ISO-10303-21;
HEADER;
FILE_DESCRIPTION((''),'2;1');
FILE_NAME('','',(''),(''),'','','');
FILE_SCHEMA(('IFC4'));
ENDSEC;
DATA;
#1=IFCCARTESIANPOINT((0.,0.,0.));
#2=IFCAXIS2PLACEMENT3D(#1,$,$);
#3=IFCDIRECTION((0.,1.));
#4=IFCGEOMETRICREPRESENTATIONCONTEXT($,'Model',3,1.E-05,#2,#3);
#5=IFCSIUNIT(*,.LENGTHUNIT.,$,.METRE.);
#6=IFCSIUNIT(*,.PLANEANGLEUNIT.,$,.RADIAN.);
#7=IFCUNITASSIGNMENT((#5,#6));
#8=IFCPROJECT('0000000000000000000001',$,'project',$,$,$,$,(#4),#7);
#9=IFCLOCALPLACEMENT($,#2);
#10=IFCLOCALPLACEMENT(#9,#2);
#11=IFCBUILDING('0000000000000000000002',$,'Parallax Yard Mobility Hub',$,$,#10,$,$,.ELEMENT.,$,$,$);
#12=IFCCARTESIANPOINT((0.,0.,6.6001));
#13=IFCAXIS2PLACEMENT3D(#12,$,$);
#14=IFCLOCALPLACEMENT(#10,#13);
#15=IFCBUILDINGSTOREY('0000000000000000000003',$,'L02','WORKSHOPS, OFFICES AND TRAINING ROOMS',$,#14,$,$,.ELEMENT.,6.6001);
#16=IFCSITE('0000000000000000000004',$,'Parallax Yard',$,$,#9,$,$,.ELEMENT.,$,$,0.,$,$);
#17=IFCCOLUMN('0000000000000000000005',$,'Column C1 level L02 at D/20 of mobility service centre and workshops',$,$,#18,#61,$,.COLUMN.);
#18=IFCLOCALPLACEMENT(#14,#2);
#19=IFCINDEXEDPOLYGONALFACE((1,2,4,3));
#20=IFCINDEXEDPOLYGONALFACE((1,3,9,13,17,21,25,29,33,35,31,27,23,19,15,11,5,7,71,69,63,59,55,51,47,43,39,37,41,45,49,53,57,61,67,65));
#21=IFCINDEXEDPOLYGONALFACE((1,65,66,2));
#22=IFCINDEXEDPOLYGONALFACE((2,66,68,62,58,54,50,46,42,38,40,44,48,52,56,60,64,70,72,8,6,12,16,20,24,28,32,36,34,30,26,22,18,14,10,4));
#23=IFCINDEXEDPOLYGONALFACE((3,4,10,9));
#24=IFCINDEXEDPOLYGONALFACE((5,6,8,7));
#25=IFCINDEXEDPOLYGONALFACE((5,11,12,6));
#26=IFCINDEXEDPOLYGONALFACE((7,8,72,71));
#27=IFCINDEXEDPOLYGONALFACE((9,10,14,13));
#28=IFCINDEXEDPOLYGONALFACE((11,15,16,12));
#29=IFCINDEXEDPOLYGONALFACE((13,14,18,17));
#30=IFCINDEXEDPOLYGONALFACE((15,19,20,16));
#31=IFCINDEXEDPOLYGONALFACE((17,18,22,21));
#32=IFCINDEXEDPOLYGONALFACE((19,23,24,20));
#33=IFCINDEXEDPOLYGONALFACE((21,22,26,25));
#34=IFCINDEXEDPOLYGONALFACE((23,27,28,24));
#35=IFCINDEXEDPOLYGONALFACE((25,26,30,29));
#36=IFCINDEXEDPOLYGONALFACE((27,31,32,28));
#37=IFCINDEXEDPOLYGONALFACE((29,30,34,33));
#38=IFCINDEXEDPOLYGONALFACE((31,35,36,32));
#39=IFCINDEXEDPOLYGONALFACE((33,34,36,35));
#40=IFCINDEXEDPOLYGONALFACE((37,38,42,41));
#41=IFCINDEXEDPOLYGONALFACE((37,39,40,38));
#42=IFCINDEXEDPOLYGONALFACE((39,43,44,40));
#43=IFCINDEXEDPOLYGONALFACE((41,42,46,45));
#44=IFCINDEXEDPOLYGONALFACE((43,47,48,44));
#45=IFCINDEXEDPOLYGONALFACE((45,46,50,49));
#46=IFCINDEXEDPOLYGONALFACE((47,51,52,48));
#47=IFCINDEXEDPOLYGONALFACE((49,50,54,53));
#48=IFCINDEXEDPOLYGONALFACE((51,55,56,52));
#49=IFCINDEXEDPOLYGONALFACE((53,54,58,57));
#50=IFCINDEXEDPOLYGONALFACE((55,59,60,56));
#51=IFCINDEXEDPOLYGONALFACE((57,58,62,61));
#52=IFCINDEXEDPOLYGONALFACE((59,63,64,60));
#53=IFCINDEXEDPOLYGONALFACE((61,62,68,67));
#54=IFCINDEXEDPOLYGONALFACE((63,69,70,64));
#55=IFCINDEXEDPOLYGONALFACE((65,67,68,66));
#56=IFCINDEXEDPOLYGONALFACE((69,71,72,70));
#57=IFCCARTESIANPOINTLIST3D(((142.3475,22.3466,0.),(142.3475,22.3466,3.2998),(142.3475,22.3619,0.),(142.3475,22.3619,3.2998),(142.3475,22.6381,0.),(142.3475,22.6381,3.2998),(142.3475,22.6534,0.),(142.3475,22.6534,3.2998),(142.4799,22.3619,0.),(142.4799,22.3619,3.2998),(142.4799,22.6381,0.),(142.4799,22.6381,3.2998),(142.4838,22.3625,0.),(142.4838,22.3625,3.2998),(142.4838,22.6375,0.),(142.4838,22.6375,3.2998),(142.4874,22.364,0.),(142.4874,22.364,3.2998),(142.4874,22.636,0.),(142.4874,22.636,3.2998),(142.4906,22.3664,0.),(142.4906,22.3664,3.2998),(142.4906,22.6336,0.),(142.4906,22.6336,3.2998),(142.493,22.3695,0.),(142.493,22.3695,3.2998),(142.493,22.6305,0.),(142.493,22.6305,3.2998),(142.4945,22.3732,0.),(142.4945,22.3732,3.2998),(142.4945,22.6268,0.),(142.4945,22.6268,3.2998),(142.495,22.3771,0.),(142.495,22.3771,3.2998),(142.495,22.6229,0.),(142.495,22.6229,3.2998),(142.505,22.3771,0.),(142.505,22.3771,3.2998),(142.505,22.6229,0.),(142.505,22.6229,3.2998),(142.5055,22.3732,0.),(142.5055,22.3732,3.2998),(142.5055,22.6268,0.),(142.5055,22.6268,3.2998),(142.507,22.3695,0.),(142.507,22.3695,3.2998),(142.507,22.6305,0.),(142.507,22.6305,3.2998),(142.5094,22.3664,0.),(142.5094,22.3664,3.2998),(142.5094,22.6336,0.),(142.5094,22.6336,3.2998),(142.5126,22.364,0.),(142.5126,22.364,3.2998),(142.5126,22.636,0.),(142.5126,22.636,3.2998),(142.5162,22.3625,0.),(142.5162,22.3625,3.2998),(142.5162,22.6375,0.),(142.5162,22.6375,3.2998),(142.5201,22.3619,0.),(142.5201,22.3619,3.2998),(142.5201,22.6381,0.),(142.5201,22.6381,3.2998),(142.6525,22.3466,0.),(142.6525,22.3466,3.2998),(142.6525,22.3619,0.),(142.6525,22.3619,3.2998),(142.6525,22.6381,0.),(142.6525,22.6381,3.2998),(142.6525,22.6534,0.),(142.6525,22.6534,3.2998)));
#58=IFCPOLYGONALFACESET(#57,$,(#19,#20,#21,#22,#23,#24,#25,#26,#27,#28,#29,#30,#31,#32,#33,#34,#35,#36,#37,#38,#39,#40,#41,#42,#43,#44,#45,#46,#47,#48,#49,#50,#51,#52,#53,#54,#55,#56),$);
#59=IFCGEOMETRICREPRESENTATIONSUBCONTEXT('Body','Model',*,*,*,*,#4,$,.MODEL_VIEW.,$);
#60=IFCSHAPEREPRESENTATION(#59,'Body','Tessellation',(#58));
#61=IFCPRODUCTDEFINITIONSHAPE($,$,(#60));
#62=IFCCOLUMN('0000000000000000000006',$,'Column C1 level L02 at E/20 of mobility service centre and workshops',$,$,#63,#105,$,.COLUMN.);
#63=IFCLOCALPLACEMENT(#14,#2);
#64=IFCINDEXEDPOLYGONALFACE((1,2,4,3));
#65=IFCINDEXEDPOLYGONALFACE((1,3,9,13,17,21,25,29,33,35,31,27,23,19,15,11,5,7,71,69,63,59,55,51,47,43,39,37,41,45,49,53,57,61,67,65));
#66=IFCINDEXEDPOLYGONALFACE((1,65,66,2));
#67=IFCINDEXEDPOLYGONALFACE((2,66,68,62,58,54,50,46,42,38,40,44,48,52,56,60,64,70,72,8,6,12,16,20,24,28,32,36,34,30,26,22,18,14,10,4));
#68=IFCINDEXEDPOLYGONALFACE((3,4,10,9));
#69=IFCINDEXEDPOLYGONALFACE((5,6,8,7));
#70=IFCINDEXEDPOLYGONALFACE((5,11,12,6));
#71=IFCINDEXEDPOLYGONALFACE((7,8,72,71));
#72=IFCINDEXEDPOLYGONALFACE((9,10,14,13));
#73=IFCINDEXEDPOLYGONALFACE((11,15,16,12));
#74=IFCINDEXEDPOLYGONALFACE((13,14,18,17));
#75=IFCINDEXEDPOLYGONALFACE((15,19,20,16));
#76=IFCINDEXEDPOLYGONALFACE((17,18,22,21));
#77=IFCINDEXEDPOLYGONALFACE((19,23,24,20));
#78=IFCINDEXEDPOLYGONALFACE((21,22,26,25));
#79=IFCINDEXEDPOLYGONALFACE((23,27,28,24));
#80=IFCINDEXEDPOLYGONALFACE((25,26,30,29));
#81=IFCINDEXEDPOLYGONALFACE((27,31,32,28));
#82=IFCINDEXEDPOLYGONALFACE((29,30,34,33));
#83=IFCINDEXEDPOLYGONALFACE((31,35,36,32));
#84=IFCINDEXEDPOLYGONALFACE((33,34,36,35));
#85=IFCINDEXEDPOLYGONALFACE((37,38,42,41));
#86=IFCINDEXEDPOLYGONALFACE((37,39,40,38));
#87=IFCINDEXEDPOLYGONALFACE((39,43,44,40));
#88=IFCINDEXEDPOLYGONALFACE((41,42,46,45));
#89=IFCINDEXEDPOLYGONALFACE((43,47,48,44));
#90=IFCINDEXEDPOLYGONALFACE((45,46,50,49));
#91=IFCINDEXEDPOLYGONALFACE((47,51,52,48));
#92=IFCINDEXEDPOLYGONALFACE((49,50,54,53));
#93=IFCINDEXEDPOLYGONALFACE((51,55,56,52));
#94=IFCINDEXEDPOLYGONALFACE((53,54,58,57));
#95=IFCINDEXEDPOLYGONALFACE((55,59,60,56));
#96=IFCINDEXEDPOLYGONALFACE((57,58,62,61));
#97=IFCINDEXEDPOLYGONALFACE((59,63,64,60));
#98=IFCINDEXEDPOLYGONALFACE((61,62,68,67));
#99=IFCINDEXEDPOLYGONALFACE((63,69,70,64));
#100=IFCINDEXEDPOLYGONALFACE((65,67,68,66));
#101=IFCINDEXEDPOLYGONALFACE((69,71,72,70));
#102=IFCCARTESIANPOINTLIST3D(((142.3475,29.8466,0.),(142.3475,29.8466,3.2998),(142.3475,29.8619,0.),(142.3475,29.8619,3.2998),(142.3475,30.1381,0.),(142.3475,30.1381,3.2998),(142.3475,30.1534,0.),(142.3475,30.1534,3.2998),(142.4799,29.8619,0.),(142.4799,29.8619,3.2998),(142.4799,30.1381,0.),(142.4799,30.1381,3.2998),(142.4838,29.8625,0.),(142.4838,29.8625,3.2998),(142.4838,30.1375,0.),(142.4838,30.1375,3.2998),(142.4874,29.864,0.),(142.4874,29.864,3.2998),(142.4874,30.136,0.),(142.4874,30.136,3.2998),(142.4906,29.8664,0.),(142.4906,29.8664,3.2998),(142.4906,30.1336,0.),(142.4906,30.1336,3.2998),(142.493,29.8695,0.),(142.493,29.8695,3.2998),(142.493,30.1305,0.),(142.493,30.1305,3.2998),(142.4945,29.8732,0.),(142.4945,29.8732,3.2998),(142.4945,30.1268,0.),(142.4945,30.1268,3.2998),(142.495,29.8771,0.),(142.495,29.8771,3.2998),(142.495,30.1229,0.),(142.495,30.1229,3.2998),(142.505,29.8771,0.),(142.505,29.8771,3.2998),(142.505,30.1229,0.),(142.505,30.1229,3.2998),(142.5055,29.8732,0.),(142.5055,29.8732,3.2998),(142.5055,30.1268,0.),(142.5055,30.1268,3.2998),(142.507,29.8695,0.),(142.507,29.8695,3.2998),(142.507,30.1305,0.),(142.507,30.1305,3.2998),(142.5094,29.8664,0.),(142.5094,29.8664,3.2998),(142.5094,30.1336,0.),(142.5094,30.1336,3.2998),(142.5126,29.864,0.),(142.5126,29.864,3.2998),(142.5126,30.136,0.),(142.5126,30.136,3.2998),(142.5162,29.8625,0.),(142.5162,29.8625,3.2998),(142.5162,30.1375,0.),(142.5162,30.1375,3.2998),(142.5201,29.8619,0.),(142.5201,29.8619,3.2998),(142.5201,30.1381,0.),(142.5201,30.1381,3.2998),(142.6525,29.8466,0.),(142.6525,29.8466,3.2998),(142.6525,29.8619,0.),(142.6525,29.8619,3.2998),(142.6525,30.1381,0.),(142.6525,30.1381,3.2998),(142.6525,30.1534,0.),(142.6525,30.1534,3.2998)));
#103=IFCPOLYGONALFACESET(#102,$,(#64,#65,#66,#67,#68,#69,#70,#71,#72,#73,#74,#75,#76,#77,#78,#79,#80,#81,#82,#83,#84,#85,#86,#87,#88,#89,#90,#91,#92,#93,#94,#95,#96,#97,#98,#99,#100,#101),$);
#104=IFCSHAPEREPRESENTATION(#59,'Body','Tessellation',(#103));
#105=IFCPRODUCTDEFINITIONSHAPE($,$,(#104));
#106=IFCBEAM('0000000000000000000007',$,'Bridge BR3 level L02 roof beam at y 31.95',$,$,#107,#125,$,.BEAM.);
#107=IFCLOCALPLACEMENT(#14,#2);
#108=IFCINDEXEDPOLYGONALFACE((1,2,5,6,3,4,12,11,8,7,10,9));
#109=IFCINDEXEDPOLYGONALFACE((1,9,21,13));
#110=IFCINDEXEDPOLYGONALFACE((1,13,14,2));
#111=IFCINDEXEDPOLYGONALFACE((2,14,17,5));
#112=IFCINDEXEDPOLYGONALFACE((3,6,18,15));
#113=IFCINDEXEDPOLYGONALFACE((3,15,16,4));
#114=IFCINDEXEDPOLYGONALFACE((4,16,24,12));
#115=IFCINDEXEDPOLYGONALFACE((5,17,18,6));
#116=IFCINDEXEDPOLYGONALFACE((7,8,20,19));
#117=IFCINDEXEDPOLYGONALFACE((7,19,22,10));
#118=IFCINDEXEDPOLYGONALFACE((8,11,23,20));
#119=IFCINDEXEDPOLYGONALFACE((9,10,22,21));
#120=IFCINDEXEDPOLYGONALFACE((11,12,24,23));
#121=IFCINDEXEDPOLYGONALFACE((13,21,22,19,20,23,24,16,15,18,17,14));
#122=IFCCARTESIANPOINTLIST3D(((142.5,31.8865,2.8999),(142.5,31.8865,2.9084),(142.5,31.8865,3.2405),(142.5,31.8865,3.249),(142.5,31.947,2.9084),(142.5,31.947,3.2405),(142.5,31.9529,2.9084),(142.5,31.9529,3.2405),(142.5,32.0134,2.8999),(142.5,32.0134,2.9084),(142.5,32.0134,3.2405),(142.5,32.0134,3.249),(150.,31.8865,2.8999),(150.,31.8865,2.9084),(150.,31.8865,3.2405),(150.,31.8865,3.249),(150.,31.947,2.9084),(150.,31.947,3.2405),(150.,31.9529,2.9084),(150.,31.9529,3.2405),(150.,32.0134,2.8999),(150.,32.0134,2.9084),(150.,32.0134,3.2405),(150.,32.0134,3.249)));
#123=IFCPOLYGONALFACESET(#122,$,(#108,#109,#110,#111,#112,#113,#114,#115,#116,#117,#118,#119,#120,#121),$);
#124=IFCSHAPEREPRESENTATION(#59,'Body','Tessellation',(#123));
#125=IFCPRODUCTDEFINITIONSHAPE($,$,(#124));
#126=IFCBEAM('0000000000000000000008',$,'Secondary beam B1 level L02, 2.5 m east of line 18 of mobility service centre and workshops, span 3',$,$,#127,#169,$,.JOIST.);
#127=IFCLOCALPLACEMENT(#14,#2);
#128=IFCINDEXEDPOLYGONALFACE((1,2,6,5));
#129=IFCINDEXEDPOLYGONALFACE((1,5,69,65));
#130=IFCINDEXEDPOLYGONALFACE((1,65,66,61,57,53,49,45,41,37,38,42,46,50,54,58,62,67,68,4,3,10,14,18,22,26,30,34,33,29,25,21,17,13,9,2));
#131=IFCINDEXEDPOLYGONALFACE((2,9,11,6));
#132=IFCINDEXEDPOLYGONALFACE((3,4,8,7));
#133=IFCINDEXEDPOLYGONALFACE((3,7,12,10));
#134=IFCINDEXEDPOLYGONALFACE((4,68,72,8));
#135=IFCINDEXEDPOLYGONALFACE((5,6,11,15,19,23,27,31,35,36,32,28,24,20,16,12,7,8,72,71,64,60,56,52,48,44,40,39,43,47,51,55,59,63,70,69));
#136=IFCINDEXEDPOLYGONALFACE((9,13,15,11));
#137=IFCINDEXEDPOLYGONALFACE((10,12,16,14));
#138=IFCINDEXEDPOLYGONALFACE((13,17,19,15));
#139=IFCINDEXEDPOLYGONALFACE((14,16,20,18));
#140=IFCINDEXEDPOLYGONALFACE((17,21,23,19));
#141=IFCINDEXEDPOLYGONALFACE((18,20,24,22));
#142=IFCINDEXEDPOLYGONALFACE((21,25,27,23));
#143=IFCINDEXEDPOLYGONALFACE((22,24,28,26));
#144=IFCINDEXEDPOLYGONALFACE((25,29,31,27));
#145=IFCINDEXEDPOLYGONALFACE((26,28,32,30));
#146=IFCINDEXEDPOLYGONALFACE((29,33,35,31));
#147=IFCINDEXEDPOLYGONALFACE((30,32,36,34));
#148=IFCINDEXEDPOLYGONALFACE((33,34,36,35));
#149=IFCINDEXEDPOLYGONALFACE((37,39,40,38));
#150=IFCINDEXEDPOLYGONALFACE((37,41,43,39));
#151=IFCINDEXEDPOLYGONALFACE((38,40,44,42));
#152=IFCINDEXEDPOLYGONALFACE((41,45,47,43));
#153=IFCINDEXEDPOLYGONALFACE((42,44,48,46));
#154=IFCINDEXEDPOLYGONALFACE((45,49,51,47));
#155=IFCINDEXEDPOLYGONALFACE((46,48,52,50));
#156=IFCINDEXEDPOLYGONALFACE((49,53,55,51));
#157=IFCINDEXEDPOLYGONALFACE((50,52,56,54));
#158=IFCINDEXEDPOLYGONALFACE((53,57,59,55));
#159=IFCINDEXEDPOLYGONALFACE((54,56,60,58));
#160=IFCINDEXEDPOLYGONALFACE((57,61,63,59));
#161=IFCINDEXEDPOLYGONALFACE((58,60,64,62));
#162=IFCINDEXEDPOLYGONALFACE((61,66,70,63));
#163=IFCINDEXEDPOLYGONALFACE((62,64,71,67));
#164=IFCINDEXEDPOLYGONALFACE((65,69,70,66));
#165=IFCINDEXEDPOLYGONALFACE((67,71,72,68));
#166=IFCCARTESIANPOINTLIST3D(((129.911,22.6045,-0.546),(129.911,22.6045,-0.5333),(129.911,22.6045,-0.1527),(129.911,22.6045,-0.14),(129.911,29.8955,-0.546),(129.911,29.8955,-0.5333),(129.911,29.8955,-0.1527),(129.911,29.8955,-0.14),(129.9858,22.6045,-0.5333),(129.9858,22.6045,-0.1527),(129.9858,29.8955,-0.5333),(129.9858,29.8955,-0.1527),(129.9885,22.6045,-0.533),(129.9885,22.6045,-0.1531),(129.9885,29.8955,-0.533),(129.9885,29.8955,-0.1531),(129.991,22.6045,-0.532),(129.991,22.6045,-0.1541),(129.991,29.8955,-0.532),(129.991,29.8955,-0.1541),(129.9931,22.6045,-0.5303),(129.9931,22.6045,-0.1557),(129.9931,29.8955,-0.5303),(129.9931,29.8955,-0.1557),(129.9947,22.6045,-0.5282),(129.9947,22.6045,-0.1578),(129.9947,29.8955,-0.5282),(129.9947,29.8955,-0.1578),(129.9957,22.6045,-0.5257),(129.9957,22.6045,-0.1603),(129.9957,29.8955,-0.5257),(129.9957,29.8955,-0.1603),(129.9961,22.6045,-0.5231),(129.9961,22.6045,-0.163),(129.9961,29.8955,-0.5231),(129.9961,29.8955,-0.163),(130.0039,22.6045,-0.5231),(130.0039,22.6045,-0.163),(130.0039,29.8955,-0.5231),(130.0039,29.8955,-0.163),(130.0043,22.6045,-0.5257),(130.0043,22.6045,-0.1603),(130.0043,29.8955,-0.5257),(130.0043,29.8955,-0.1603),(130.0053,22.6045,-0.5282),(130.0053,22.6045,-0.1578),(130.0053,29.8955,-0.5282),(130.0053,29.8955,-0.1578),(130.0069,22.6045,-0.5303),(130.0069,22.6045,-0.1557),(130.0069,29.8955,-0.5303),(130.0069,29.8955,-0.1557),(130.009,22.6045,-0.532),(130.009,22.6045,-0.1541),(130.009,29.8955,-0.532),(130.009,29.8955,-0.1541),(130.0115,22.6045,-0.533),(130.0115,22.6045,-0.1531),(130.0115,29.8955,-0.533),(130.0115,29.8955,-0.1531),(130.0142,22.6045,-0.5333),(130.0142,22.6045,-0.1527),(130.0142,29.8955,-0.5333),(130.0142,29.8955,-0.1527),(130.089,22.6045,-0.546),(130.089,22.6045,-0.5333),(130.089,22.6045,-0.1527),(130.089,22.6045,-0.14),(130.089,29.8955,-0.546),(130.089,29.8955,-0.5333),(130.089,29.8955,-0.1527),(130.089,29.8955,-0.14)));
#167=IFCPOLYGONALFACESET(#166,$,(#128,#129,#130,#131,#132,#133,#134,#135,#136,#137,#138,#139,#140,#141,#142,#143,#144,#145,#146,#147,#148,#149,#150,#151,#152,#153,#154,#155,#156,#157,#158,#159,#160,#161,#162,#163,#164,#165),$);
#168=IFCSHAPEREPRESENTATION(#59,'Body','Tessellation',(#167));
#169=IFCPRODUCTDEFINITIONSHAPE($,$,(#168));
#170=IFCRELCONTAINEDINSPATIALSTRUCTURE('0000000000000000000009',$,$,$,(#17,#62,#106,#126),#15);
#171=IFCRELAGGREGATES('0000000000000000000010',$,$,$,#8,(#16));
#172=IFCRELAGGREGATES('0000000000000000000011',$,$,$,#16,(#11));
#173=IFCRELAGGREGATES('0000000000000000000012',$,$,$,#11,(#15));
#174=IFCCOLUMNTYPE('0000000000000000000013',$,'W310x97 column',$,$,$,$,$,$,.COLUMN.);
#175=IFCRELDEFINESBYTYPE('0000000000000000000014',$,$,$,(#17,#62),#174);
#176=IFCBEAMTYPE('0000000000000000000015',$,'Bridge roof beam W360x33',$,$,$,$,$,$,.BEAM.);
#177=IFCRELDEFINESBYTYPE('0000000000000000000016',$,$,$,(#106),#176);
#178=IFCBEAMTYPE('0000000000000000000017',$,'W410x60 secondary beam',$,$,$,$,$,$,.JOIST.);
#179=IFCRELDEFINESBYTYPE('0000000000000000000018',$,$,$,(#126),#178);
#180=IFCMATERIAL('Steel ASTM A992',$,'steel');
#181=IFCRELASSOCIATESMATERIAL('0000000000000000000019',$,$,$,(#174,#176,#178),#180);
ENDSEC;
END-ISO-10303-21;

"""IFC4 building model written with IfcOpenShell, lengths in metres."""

from ifc_helpers import new_model, si_unit, direction, frame, origin, origin_2d, place, context, subcontext, project, spatial, i_section, extrude, material, material_profile, profile_set, type_object, element, save


model = new_model("IFC4")

# Units and contexts
model_context = context("Model", 3, precision=1e-05, world=origin(), true_north=direction((0.0, 1.0)))
body_context = subcontext(model_context, "Body", "Model", "MODEL_VIEW")
ifc_project = project(units=[si_unit("LENGTHUNIT", "METRE"), si_unit("PLANEANGLEUNIT", "RADIAN")], contexts=[model_context])

# Site, building, storey
site_placement = place(None, origin())
site = spatial("IfcSite", under=ifc_project, at=site_placement, Name="Parallax Yard", CompositionType="ELEMENT", RefElevation=0.0)
building_placement = place(site_placement, origin())
building = spatial("IfcBuilding", under=site, at=building_placement, Name="Parallax Yard Mobility Hub", CompositionType="ELEMENT")
storey_placement = place(building_placement, frame((0.0, 0.0, 6.6001)))
storey = spatial("IfcBuildingStorey", under=building, at=storey_placement, Name="L02", Description="WORKSHOPS, OFFICES AND TRAINING ROOMS", CompositionType="ELEMENT", Elevation=6.6001)

# Columns
ifc_material_1 = material(Name="Steel ASTM A992", Category="steel")
ifc_material_profile_1 = material_profile(ifc_material_1, i_section(OverallWidth=0.3049, OverallDepth=0.3069, WebThickness=0.01, FlangeThickness=0.0154, FilletRadius=0.0151, at=origin_2d()), Name="W310x97")
ifc_profile_set_1 = profile_set([ifc_material_profile_1], Name="Steel ASTM A992")
column_type = type_object("IfcColumnType", Name="W310x97 column", PredefinedType="COLUMN", material=ifc_profile_set_1)
for number, where, z_axis, x_axis, name in (
    (1, (142.5, 22.5, 0.0), (0.0, 0.0, 1.0), (1.0, 0.0, 0.0), "Column C1 level L02 at D/20 of mobility service centre and workshops"),
    (2, (142.5, 30.0, 0.0), (0.0, 0.0, 1.0), (1.0, 0.0, 0.0), "Column C1 level L02 at E/20 of mobility service centre and workshops"),
):
    element("IfcColumn", number, at=place(storey_placement, frame(where, z_axis=z_axis, x_axis=x_axis)), inside=storey, type_object=column_type, Name=name, PredefinedType="COLUMN", context=body_context, shape_type="SweptSolid", body=[
        extrude(i_section(OverallWidth=0.3049, OverallDepth=0.3069, WebThickness=0.01, FlangeThickness=0.0154, FilletRadius=0.0151, at=origin_2d()), origin(), (0.0, 0.0, 1.0), 3.2998),
    ])

# Beams
ifc_material_profile_2 = material_profile(ifc_material_1, i_section(OverallWidth=0.127, OverallDepth=0.3491, WebThickness=0.0059, FlangeThickness=0.0085, at=origin_2d()), Name="W360x33")
ifc_profile_set_2 = profile_set([ifc_material_profile_2], Name="Steel ASTM A992")
beam_type_1 = type_object("IfcBeamType", Name="Bridge roof beam W360x33", PredefinedType="BEAM", material=ifc_profile_set_2)
beam_1_placement = place(storey_placement, frame((142.5, 31.95, 3.0745), z_axis=(1.0, 0.0, 0.0), x_axis=(0.0, 1.0, 0.0)))
element("IfcBeam", 3, at=beam_1_placement, inside=storey, type_object=beam_type_1, Name="Bridge BR3 level L02 roof beam at y 31.95", PredefinedType="BEAM", context=body_context, shape_type="SweptSolid", body=[
    extrude(i_section(OverallWidth=0.127, OverallDepth=0.3491, WebThickness=0.0059, FlangeThickness=0.0085, at=origin_2d()), origin(), (0.0, 0.0, 1.0), 7.5),
])
ifc_material_profile_3 = material_profile(ifc_material_1, i_section(OverallWidth=0.178, OverallDepth=0.406, WebThickness=0.0078, FlangeThickness=0.0127, FilletRadius=0.0103, at=origin_2d()), Name="W410x60")
ifc_profile_set_3 = profile_set([ifc_material_profile_3], Name="Steel ASTM A992")
beam_type_2 = type_object("IfcBeamType", Name="W410x60 secondary beam", PredefinedType="JOIST", material=ifc_profile_set_3)
for number, where, z_axis, x_axis, name in (
    (4, (130.0, 22.6045, -0.343), (0.0, 1.0, 0.0), (-1.0, 0.0, 0.0), "Secondary beam B1 level L02, 2.5 m east of line 18 of mobility service centre and workshops, span 3"),
):
    element("IfcBeam", number, at=place(storey_placement, frame(where, z_axis=z_axis, x_axis=x_axis)), inside=storey, type_object=beam_type_2, Name=name, PredefinedType="JOIST", context=body_context, shape_type="SweptSolid", body=[
        extrude(i_section(OverallWidth=0.178, OverallDepth=0.406, WebThickness=0.0078, FlangeThickness=0.0127, FilletRadius=0.0103, at=origin_2d()), origin(), (0.0, 0.0, 1.0), 7.291),
    ])

save(model, "model.ifc")
